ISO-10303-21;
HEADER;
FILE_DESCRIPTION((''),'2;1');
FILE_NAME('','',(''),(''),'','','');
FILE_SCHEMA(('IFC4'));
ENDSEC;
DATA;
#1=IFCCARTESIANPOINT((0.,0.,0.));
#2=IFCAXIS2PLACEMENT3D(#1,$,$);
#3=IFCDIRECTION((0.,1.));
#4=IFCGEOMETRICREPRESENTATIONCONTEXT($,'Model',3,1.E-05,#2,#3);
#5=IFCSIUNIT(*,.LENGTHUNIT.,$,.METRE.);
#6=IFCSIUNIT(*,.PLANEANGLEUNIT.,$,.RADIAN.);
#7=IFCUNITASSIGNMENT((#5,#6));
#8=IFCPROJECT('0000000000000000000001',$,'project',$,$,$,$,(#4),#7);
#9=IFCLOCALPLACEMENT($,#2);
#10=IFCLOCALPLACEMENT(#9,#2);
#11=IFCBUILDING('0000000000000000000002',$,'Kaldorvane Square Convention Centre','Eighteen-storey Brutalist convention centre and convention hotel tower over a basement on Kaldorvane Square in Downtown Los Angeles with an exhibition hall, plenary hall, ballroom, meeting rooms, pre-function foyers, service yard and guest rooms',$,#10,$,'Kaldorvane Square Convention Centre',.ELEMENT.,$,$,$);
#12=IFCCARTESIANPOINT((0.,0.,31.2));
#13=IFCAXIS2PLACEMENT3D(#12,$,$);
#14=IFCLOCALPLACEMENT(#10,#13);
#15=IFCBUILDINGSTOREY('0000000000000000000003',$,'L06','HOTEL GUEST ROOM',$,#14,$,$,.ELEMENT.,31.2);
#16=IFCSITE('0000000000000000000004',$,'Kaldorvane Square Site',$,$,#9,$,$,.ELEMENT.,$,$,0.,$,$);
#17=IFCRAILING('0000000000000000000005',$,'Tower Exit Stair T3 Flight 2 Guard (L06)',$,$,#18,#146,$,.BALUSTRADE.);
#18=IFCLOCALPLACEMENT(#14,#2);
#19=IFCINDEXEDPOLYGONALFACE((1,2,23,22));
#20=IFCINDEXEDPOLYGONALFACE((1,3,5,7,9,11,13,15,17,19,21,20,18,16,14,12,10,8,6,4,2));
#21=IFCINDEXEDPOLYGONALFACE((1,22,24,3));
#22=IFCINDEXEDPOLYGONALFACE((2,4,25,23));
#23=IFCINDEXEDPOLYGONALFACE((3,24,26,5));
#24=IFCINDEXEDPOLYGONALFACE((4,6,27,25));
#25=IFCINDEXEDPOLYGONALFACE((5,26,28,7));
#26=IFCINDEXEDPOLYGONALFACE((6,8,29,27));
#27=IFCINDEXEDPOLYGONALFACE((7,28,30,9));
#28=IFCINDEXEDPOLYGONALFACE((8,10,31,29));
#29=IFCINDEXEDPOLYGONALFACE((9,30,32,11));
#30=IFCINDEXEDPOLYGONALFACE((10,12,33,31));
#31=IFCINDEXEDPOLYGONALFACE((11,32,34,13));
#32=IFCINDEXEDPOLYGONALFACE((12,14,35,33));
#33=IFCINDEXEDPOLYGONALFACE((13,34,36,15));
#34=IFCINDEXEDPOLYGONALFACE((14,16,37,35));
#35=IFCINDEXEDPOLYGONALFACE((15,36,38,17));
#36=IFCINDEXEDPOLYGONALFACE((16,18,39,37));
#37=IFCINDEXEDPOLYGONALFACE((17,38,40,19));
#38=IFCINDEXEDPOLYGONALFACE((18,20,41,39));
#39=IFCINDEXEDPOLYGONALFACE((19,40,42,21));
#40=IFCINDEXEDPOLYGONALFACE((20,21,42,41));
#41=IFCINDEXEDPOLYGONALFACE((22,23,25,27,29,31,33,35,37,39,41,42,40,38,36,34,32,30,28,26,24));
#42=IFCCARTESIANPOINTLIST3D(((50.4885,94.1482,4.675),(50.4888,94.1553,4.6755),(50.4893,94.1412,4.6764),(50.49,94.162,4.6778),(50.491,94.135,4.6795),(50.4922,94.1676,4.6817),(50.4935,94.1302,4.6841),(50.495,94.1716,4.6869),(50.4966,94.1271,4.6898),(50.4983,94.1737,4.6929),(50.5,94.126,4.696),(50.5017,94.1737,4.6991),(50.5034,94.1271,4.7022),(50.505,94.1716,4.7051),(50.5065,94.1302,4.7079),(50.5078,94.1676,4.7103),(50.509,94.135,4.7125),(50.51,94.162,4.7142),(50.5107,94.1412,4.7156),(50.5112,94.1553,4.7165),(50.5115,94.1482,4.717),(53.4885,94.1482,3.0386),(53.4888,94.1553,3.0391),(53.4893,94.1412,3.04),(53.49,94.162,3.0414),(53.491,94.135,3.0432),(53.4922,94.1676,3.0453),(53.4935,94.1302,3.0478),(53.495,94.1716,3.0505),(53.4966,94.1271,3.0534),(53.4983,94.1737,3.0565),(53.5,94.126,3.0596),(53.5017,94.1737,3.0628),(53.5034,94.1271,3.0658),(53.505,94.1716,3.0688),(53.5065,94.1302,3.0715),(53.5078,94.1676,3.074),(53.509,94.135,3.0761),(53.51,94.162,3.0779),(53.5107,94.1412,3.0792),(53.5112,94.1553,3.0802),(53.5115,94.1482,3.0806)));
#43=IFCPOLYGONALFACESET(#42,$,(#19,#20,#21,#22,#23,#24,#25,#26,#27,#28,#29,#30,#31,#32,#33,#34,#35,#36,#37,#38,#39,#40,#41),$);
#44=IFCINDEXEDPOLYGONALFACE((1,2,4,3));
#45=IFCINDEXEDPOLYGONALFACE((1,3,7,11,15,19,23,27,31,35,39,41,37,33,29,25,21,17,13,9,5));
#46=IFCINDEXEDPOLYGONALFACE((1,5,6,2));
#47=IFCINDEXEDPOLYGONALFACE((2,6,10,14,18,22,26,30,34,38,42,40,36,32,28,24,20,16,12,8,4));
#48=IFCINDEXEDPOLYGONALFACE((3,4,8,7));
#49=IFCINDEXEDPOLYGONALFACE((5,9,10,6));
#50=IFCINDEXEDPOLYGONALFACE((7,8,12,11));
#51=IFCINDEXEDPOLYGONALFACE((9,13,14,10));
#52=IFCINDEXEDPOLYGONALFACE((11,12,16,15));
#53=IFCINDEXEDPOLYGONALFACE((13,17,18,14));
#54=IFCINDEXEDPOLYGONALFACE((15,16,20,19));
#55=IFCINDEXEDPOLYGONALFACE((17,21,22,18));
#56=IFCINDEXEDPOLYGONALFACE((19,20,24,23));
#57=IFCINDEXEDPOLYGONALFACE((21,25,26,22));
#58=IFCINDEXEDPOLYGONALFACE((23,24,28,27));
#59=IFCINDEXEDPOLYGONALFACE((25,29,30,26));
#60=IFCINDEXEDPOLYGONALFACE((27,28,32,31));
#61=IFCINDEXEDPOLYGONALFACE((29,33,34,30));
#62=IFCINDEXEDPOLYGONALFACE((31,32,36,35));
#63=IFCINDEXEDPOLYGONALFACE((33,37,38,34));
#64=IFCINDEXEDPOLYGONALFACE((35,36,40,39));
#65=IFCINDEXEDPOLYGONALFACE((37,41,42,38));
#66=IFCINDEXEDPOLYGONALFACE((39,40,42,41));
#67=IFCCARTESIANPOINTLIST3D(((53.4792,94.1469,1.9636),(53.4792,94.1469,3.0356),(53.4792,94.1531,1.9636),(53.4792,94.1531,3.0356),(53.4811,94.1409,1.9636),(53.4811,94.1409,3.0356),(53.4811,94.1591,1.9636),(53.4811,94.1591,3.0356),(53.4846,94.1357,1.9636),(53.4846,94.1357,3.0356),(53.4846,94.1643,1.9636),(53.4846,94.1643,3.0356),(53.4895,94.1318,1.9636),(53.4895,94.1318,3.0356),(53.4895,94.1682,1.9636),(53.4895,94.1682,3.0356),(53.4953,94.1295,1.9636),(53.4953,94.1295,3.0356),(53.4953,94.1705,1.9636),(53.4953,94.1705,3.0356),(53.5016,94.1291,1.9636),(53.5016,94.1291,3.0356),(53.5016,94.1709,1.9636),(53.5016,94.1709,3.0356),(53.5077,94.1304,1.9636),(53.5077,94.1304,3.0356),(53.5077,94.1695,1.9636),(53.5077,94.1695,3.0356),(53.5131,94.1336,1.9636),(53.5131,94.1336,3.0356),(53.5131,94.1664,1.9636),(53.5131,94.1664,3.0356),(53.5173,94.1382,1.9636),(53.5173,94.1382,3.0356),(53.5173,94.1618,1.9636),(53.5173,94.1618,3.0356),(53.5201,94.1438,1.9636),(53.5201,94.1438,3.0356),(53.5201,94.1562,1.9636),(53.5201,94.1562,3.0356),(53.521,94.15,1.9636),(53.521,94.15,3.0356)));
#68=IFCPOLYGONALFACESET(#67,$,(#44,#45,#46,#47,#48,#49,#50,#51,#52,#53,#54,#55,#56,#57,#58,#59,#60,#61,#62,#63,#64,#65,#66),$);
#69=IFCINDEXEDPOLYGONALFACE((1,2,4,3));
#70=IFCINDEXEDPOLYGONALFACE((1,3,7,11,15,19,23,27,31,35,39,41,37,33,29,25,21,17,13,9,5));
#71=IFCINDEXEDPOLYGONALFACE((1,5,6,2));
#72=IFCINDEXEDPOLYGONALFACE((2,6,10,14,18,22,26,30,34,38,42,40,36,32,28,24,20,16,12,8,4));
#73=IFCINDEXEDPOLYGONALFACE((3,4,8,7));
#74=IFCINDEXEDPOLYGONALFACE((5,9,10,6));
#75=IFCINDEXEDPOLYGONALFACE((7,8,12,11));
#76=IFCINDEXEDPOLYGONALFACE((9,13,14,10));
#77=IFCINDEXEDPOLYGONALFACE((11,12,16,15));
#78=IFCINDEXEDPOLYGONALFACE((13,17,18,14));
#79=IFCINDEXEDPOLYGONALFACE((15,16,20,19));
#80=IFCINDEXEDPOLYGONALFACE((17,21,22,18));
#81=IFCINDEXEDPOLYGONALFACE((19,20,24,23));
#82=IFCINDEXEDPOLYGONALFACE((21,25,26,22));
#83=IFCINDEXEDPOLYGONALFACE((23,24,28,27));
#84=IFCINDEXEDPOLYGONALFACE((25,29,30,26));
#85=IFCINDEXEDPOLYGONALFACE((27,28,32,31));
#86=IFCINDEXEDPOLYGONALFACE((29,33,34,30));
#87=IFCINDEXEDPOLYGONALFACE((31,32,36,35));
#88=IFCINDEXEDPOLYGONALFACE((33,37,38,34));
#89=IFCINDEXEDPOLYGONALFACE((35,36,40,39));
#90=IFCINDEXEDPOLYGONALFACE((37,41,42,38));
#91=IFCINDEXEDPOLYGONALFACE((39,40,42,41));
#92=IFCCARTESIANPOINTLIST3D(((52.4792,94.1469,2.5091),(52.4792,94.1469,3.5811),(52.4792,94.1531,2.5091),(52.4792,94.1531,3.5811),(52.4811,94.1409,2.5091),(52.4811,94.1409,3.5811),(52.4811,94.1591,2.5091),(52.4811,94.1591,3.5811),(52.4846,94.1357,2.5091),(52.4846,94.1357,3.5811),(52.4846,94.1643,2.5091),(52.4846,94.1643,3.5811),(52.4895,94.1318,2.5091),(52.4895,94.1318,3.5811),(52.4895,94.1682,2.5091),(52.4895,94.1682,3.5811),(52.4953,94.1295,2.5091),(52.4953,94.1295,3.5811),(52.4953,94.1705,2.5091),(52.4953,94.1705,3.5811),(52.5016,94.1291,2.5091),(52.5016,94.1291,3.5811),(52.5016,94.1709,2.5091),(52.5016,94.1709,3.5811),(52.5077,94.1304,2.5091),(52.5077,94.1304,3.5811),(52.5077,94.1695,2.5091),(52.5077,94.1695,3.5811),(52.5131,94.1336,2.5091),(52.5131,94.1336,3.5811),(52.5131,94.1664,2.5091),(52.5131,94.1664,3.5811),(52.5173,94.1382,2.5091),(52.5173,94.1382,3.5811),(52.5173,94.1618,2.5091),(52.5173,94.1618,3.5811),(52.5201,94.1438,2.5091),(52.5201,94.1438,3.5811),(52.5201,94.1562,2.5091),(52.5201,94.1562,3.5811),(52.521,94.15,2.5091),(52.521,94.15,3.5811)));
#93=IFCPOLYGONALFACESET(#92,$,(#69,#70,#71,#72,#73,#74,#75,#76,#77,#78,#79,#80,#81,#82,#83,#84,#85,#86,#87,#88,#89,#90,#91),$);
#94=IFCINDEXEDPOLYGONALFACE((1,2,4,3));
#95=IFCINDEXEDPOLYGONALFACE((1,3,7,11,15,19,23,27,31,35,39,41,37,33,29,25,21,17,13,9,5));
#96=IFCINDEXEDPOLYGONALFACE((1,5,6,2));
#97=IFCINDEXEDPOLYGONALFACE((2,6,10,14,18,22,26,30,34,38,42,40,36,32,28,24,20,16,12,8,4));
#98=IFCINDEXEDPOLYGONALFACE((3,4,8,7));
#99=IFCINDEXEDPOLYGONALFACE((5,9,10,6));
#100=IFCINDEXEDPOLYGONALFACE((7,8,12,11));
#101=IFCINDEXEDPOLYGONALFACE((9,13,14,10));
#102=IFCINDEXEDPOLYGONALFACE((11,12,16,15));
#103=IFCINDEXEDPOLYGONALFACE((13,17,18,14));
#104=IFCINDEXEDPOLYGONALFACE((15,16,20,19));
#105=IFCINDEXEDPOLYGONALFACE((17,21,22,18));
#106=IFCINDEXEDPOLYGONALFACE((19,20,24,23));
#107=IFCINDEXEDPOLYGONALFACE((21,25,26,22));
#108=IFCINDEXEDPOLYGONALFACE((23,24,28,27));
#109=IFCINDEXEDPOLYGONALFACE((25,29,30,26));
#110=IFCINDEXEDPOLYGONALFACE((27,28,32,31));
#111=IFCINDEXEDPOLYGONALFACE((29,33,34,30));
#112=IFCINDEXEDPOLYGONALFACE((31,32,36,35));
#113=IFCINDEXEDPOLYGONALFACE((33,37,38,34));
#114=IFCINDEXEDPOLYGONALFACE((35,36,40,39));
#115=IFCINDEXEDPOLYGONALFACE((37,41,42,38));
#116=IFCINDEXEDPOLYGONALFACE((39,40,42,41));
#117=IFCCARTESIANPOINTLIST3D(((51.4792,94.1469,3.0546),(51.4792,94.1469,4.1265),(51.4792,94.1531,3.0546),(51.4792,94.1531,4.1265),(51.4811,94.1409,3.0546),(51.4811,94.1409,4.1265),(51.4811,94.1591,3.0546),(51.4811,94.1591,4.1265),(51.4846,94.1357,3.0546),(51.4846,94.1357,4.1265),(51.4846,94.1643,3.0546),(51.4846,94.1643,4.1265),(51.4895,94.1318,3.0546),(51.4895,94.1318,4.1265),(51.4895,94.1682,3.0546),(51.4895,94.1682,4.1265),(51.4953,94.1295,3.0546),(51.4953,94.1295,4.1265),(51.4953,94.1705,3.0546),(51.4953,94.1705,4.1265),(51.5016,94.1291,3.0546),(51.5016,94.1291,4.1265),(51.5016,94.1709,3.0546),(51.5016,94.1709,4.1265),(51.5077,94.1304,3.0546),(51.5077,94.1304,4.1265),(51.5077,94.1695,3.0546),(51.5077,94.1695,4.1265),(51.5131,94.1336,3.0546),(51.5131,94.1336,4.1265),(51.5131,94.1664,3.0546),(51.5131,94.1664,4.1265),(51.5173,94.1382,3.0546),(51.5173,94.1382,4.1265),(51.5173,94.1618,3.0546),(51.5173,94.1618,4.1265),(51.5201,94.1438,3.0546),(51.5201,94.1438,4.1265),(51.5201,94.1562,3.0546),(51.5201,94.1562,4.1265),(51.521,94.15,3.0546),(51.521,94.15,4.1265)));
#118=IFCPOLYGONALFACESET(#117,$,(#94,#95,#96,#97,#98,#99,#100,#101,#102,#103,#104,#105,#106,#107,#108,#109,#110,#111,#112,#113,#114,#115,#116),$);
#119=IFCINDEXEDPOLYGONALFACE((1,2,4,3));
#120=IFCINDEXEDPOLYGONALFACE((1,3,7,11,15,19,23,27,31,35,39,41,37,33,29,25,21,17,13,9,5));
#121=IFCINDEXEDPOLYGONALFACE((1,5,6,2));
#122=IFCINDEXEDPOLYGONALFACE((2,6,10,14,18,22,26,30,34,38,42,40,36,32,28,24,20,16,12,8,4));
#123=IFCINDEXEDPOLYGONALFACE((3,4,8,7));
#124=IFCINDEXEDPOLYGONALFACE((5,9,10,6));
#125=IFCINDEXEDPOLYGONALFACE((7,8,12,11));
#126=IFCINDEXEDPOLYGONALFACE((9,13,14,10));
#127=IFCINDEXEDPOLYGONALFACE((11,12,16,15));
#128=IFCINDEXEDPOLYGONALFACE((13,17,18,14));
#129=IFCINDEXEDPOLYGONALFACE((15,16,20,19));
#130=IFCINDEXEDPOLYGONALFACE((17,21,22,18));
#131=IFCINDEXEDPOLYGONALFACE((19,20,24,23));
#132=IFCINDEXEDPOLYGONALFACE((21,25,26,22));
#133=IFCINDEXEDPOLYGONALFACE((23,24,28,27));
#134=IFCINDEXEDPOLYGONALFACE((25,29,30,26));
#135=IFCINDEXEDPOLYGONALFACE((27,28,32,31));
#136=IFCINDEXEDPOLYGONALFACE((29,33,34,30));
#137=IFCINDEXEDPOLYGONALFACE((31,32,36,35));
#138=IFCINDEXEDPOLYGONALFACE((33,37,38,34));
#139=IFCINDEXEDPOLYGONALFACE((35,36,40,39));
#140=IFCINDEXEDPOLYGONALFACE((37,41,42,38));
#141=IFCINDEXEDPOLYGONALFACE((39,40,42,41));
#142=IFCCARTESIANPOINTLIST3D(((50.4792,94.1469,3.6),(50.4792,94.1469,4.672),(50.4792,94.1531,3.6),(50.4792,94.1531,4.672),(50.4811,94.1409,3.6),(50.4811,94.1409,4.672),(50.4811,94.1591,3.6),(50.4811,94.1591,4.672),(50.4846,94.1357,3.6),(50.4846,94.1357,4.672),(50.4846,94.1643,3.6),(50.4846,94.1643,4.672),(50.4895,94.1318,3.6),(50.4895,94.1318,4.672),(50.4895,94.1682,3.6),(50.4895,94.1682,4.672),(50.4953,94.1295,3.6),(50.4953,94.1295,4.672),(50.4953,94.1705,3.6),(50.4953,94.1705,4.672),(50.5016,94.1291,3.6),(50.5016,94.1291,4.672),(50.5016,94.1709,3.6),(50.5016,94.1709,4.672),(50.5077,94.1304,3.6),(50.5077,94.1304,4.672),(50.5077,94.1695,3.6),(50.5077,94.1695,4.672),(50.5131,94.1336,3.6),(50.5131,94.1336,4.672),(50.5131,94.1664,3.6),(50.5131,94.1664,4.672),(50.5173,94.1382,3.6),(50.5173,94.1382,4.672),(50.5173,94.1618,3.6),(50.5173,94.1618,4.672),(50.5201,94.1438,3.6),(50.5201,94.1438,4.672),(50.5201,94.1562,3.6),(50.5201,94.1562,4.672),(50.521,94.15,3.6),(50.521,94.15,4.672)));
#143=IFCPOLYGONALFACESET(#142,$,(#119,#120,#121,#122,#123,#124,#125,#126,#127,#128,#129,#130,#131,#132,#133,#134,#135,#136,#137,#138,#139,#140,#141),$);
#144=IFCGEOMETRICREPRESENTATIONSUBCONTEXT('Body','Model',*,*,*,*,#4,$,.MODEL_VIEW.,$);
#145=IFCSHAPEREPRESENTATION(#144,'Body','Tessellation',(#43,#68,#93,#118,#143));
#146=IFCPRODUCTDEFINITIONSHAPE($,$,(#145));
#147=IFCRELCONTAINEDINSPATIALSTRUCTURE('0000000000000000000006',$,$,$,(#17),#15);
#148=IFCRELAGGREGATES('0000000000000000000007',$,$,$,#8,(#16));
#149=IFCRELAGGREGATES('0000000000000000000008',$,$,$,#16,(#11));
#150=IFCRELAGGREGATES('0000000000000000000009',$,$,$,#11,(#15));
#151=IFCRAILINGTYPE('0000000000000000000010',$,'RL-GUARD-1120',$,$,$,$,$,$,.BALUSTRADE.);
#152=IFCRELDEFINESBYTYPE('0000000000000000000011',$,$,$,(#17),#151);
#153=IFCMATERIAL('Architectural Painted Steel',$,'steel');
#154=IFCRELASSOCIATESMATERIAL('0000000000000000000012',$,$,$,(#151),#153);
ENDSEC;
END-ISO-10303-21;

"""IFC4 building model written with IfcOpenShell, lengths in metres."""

from ifc_helpers import new_model, si_unit, direction, frame, origin, origin_2d, place, context, subcontext, project, spatial, circle, extrude, material, type_object, element, save


model = new_model("IFC4")

# Units and contexts
model_context = context("Model", 3, precision=1e-05, world=origin(), true_north=direction((0.0, 1.0)))
body_context = subcontext(model_context, "Body", "Model", "MODEL_VIEW")
ifc_project = project(units=[si_unit("LENGTHUNIT", "METRE"), si_unit("PLANEANGLEUNIT", "RADIAN")], contexts=[model_context])

# Site, building, storey
site_placement = place(None, origin())
site = spatial("IfcSite", under=ifc_project, at=site_placement, Name="Kaldorvane Square Site", CompositionType="ELEMENT", RefElevation=0.0)
building_placement = place(site_placement, origin())
building = spatial("IfcBuilding", under=site, at=building_placement, Name="Kaldorvane Square Convention Centre", Description="Eighteen-storey Brutalist convention centre and convention hotel tower over a basement on Kaldorvane Square in Downtown Los Angeles with an exhibition hall, plenary hall, ballroom, meeting rooms, pre-function foyers, service yard and guest rooms", LongName="Kaldorvane Square Convention Centre", CompositionType="ELEMENT")
storey_placement = place(building_placement, frame((0.0, 0.0, 31.2)))
storey = spatial("IfcBuildingStorey", under=building, at=storey_placement, Name="L06", Description="HOTEL GUEST ROOM", CompositionType="ELEMENT", Elevation=31.2)

# Railing
ifc_material_1 = material(Name="Architectural Painted Steel", Category="steel")
railing_type_1 = type_object("IfcRailingType", Name="RL-GUARD-1120", PredefinedType="BALUSTRADE", material=ifc_material_1)
railing_1_placement = place(storey_placement, frame((53.5, 94.15, 1.9636)))
element("IfcRailing", 1, at=railing_1_placement, inside=storey, type_object=railing_type_1, Name="Tower Exit Stair T3 Flight 2 Guard (L06)", PredefinedType="BALUSTRADE", context=body_context, shape_type="SweptSolid", body=[
    extrude(circle(Radius=0.024, at=origin_2d()), frame((0.0, 0.0, 1.096), z_axis=(-0.877895, 0.0, 0.478853), x_axis=(0.0, -1.0, 0.0)), (0.0, 0.0, 1.0), 3.4173),
    extrude(circle(Radius=0.021, at=origin_2d()), origin(), (0.0, 0.0, 1.0), 1.072),
    extrude(circle(Radius=0.021, at=origin_2d()), frame((-1.0, 0.0, 0.5455)), (0.0, 0.0, 1.0), 1.072),
    extrude(circle(Radius=0.021, at=origin_2d()), frame((-2.0, 0.0, 1.0909)), (0.0, 0.0, 1.0), 1.072),
    extrude(circle(Radius=0.021, at=origin_2d()), frame((-3.0, 0.0, 1.6364)), (0.0, 0.0, 1.0), 1.072),
])

save(model, "model.ifc")
